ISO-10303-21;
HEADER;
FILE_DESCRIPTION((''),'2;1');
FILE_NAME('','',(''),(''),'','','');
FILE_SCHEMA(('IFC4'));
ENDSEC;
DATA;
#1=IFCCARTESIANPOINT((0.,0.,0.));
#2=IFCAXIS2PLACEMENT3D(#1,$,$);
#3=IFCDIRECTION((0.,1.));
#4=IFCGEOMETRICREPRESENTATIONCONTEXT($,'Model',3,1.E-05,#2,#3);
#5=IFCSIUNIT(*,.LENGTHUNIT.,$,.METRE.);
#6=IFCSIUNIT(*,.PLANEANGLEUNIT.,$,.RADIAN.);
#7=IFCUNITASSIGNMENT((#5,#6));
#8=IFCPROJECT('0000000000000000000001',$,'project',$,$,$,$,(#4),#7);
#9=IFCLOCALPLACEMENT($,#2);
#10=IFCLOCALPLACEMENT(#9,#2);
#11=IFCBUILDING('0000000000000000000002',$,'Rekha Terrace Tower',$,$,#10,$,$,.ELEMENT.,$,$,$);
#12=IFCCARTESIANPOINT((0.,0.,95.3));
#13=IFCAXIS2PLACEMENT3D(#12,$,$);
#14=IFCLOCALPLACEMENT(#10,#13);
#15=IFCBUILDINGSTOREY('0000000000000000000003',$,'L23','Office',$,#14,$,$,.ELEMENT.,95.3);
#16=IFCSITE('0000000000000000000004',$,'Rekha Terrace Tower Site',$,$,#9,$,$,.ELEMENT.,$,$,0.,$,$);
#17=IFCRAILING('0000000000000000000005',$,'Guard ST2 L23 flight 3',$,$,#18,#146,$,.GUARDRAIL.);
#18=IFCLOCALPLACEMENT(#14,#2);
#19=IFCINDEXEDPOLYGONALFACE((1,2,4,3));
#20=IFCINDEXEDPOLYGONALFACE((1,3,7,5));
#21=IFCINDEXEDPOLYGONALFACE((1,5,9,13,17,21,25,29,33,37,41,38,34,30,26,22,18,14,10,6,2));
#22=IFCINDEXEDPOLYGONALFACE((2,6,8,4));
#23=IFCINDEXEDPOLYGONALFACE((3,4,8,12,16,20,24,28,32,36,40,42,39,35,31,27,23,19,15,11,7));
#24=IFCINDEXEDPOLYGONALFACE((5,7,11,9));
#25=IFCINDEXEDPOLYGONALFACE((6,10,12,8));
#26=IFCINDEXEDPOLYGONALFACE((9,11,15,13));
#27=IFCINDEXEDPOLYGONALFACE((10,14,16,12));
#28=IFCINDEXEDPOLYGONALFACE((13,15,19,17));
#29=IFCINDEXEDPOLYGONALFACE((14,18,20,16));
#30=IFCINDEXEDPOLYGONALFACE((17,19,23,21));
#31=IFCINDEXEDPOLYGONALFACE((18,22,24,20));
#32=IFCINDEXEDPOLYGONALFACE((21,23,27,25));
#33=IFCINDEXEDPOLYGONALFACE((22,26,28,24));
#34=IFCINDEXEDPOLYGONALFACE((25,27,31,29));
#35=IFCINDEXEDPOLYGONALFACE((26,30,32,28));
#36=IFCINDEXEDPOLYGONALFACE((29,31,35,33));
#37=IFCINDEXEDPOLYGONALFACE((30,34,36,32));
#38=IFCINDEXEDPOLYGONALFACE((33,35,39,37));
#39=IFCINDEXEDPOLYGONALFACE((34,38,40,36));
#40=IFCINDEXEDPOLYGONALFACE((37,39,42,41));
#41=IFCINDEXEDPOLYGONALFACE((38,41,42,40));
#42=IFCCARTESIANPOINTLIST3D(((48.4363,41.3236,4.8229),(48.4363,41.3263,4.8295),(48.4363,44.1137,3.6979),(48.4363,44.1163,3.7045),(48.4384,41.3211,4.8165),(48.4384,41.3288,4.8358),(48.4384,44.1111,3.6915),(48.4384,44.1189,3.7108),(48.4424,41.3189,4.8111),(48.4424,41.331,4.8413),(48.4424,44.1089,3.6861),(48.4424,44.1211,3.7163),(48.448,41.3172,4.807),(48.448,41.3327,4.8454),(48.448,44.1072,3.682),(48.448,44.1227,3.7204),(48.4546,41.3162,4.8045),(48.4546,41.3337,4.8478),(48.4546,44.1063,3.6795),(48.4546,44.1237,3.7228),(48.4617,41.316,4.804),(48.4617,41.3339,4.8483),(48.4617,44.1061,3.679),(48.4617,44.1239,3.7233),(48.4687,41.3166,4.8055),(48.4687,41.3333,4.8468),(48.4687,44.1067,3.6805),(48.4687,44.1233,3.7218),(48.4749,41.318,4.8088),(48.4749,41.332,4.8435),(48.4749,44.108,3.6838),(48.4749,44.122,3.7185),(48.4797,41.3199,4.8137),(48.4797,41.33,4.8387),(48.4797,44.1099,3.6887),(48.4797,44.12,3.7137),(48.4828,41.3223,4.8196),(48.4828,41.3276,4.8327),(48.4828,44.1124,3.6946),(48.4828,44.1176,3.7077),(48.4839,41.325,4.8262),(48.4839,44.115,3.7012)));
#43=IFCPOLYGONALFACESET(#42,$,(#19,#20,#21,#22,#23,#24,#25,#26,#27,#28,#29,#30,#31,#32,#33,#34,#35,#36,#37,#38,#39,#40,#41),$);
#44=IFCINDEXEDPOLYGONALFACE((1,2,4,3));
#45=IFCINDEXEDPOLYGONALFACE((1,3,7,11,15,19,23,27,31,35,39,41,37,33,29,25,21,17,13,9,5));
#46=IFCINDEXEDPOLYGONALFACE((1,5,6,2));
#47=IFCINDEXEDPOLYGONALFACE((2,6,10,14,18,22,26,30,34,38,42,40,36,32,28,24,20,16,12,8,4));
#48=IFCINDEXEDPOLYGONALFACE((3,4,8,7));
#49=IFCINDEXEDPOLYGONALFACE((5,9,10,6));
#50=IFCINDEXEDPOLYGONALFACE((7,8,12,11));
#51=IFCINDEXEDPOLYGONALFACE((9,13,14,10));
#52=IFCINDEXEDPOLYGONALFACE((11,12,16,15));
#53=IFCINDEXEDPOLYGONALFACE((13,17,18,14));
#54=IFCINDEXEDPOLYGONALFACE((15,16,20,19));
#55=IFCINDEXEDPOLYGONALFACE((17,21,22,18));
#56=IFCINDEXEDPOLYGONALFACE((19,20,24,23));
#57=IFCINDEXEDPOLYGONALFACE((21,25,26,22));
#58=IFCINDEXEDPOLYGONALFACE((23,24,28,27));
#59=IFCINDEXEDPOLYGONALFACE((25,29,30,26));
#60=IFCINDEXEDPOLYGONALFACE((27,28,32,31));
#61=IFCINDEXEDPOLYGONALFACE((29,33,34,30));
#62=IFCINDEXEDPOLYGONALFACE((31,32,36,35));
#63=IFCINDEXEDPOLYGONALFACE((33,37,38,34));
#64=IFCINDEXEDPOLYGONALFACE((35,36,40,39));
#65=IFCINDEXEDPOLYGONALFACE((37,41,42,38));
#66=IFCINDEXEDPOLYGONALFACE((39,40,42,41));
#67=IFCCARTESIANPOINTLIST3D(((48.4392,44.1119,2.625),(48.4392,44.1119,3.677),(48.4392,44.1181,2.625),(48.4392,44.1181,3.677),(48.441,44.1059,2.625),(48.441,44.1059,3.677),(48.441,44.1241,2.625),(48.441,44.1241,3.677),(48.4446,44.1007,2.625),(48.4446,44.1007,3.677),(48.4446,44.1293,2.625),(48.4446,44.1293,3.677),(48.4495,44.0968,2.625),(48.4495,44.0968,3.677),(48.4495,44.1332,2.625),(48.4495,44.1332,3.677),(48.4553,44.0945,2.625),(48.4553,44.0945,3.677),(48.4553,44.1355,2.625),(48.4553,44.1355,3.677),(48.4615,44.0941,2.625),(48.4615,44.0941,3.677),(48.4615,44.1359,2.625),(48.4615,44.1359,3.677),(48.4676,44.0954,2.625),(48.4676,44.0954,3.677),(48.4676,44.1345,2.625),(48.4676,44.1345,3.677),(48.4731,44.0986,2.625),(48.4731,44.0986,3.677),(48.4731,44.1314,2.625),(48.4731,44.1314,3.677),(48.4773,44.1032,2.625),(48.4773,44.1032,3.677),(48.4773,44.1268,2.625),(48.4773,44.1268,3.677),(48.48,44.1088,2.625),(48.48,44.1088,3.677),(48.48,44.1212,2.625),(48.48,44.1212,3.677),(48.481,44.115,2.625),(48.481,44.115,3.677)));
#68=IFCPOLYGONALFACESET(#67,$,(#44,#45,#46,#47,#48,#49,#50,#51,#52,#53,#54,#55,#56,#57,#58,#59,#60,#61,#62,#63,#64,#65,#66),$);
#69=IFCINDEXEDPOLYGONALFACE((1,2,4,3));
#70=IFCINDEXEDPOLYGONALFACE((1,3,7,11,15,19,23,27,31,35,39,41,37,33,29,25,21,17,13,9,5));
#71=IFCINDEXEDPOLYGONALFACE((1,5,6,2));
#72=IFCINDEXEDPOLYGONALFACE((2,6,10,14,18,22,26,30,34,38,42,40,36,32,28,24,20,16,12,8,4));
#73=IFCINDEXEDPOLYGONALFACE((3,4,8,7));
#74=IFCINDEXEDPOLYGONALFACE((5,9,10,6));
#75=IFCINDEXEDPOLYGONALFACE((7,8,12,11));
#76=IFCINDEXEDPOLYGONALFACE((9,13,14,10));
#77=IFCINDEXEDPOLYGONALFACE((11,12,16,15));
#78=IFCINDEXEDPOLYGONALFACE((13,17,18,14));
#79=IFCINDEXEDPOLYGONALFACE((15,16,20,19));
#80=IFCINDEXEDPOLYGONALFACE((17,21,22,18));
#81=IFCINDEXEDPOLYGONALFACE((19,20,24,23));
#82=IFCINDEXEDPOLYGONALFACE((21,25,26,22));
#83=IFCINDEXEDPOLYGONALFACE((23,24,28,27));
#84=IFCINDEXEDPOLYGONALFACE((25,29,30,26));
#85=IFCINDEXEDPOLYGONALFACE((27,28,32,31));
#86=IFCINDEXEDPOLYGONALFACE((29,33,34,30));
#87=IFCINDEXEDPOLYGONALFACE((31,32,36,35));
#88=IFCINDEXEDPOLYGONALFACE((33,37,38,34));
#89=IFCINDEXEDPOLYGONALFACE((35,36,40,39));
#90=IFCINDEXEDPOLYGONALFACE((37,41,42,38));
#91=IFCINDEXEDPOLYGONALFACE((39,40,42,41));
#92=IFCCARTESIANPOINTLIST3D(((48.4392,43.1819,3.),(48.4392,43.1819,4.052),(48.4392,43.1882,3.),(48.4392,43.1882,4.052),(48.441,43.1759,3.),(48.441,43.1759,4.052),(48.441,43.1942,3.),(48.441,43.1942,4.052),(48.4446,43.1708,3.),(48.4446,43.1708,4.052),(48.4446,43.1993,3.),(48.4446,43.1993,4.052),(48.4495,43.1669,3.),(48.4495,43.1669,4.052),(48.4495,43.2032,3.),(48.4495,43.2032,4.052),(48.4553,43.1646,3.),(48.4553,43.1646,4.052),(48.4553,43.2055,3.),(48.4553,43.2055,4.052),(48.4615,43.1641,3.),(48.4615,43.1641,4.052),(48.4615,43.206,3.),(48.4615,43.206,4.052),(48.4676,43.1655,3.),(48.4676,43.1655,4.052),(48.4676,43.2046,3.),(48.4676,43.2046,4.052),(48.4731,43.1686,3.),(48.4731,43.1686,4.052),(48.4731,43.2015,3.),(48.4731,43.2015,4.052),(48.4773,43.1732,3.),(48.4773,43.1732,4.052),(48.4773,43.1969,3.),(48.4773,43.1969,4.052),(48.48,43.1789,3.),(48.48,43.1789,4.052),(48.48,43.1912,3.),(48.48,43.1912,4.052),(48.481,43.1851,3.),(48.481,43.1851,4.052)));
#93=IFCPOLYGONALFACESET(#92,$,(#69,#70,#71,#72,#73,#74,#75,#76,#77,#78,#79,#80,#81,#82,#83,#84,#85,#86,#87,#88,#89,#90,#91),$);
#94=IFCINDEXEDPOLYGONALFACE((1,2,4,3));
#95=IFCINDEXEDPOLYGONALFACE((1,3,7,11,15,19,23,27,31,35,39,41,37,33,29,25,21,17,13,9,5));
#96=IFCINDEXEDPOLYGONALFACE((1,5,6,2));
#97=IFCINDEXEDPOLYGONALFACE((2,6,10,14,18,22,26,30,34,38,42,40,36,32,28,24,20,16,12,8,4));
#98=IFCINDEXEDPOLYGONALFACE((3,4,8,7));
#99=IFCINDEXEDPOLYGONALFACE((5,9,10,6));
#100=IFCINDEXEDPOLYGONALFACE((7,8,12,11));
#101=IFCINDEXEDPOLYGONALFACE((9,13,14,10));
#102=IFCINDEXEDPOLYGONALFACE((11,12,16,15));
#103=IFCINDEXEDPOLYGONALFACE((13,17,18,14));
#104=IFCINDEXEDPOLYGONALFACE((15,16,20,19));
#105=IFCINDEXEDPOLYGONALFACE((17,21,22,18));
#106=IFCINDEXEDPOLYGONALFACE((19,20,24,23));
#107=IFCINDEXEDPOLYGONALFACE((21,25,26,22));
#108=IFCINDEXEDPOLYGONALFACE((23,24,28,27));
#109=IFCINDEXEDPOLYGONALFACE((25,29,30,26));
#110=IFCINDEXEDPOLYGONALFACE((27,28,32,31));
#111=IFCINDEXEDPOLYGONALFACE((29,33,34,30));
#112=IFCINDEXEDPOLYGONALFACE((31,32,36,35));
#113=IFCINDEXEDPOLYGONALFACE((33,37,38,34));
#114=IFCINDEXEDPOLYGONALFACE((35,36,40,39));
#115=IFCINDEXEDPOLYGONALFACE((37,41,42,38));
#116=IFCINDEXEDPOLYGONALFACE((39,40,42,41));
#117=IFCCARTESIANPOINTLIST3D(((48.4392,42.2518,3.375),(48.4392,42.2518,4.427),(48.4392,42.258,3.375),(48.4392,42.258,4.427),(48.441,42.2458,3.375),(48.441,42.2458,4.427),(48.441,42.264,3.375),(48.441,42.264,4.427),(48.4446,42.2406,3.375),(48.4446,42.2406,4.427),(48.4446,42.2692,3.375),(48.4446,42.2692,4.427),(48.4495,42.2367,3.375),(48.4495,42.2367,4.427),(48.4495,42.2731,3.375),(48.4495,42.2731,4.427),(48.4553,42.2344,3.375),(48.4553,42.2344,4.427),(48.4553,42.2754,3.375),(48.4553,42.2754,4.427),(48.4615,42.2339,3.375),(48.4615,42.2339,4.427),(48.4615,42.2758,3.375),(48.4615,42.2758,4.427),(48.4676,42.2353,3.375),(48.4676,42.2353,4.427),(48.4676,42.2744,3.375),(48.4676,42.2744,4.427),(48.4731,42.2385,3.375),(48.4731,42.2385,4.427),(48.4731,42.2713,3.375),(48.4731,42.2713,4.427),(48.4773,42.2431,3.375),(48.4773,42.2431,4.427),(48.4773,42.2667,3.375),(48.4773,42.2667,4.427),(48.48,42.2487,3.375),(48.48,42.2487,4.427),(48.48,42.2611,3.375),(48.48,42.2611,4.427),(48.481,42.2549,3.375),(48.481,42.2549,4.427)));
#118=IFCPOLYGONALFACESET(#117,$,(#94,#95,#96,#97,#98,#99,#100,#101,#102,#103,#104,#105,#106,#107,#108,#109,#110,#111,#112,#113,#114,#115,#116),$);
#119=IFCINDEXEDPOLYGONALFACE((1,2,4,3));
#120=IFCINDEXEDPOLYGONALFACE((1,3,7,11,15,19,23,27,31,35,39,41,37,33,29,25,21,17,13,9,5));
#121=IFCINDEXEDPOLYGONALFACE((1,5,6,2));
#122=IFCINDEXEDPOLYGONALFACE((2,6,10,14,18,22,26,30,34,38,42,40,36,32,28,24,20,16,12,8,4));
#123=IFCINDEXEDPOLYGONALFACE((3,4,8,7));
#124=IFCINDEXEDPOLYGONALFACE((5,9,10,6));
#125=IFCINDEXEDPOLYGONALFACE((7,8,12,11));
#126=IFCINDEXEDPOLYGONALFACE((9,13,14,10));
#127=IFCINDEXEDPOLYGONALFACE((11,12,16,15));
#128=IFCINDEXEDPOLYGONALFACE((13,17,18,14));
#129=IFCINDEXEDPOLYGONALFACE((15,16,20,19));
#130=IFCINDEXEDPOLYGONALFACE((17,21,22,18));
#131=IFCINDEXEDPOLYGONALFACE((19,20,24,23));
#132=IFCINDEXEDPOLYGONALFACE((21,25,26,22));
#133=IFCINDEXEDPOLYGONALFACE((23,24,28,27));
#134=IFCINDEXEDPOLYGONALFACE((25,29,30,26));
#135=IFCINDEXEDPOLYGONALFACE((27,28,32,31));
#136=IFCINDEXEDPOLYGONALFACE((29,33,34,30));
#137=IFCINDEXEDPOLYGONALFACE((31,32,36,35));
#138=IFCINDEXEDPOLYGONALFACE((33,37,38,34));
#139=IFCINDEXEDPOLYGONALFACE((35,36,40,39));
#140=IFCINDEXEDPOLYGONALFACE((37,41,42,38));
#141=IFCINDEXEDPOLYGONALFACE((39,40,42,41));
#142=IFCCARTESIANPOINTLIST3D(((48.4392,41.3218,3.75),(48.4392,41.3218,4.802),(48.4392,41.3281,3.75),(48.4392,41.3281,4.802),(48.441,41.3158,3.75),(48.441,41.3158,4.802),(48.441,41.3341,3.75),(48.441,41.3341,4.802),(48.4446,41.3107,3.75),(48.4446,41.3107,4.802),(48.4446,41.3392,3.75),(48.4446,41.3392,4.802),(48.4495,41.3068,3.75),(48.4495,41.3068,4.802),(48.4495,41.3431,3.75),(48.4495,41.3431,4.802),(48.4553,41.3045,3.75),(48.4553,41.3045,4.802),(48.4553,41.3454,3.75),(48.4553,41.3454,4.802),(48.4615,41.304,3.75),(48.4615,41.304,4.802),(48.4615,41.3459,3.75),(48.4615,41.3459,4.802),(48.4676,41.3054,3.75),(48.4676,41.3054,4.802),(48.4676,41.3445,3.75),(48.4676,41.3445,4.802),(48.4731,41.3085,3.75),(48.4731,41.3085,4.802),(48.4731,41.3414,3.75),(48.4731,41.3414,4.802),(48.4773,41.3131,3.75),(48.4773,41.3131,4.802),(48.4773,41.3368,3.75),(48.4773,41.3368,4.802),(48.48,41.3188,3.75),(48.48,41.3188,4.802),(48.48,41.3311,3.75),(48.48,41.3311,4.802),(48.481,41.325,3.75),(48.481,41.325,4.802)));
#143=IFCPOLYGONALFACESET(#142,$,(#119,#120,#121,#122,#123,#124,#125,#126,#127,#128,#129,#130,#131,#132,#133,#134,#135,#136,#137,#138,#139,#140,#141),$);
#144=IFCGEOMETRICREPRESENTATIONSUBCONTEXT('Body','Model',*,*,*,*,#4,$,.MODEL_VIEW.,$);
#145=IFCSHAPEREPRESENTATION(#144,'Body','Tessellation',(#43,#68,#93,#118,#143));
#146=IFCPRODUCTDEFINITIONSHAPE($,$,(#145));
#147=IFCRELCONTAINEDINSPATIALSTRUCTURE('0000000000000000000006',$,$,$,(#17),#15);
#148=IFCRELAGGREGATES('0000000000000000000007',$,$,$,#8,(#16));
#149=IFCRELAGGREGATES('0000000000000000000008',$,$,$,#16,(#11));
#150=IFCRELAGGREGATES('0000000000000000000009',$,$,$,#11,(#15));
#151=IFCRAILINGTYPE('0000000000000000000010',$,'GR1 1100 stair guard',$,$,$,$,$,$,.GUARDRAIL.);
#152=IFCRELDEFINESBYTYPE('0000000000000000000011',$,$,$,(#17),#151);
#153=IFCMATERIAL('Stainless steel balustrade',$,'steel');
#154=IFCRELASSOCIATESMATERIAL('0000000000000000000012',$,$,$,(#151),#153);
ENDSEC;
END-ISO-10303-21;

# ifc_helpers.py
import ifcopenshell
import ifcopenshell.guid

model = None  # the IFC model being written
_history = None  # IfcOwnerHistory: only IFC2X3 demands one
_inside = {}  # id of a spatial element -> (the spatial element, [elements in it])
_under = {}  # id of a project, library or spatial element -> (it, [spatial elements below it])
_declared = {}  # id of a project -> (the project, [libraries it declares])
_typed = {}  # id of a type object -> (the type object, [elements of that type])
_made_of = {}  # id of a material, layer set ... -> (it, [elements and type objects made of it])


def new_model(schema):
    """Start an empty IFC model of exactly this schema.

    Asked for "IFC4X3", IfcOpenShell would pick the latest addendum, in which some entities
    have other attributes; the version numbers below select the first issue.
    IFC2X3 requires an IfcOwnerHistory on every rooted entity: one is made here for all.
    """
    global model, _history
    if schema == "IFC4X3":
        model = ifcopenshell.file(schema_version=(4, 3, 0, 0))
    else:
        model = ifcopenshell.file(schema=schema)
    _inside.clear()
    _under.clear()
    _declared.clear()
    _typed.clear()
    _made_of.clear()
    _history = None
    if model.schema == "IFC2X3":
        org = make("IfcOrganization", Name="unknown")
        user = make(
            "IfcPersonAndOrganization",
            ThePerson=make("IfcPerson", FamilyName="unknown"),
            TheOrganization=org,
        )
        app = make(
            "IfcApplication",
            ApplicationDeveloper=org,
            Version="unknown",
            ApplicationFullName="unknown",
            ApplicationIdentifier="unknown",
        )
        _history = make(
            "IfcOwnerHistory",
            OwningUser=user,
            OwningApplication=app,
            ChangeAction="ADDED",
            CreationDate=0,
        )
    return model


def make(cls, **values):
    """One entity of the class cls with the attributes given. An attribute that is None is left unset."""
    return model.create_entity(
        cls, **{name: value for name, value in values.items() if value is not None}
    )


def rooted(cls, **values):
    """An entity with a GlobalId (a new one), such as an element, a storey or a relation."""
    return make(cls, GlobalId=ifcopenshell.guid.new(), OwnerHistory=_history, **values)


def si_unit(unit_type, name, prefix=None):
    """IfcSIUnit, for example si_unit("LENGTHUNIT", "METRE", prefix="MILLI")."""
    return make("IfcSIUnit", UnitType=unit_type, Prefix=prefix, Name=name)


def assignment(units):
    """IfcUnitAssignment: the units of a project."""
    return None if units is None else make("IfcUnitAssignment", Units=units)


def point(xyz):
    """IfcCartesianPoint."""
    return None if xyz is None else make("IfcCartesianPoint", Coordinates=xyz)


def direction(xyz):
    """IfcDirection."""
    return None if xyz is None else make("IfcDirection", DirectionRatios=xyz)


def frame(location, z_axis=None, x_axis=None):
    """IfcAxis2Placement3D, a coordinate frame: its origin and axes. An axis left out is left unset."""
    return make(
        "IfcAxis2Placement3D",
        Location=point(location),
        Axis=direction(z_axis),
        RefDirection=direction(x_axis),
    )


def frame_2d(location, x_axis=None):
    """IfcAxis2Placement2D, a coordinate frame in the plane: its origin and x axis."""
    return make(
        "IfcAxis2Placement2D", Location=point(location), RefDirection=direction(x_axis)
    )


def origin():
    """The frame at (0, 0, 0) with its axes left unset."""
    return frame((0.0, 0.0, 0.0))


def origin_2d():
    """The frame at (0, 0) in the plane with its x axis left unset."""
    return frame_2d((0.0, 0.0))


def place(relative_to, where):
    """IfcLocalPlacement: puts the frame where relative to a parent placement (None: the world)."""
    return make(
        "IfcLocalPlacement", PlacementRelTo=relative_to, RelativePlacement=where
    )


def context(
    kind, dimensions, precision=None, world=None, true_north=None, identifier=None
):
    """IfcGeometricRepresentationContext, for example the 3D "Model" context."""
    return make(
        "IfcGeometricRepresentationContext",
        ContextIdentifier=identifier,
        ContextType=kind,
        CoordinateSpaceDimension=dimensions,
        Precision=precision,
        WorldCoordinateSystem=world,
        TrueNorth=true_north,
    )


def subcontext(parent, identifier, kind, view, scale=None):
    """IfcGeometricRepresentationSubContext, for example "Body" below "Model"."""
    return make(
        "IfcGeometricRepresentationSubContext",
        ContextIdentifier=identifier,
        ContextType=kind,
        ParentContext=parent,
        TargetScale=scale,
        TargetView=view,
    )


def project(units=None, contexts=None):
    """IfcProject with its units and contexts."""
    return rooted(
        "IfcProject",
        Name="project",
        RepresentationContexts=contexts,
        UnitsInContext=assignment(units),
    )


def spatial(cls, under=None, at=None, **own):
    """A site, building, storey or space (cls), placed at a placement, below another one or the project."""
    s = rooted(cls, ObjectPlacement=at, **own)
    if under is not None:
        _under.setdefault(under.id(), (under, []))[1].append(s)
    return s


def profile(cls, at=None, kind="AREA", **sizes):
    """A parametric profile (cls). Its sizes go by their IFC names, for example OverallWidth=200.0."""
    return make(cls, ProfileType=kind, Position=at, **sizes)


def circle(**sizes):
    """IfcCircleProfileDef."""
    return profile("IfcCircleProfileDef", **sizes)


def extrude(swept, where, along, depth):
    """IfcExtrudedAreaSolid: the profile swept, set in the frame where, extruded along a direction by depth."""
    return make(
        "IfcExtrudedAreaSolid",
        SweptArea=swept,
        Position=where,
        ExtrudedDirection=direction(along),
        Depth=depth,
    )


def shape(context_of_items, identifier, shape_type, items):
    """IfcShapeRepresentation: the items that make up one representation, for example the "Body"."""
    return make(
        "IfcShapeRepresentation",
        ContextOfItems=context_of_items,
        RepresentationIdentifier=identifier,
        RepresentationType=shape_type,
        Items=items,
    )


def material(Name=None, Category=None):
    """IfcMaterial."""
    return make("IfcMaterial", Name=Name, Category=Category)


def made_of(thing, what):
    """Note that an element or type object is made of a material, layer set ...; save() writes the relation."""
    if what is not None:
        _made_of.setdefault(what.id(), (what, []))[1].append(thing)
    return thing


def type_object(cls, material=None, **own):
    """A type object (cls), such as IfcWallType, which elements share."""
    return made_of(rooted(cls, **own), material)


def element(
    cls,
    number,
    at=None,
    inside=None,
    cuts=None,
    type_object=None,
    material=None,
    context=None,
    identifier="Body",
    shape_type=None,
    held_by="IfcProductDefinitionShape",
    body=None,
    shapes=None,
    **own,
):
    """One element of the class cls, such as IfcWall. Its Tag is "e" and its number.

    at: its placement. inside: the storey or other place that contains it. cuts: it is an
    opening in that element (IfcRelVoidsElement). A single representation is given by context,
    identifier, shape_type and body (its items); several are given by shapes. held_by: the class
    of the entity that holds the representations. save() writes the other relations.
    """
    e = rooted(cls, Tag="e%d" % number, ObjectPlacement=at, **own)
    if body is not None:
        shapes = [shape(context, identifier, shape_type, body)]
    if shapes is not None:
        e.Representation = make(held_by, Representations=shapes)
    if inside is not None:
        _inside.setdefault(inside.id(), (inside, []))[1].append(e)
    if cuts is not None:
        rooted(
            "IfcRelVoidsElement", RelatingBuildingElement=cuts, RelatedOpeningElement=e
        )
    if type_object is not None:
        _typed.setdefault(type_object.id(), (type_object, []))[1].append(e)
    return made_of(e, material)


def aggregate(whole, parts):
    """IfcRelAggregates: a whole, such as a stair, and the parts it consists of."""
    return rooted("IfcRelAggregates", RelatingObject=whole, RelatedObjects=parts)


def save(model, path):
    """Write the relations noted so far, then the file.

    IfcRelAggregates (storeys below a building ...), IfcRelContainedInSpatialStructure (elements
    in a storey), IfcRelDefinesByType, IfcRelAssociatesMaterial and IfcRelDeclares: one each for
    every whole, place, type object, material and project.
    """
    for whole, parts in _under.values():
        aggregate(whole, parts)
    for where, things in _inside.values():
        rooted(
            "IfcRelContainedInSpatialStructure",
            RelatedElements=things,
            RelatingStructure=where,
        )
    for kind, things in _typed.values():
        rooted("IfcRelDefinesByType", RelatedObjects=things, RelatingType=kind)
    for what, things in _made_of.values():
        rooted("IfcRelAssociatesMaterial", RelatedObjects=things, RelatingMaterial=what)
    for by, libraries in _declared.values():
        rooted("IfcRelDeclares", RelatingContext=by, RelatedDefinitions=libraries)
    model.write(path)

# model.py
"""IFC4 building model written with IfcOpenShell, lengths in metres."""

from ifc_helpers import new_model, si_unit, direction, frame, origin, origin_2d, place, context, subcontext, project, spatial, circle, extrude, material, type_object, element, save


model = new_model("IFC4")

# Units and contexts
model_context = context("Model", 3, precision=1e-05, world=origin(), true_north=direction((0.0, 1.0)))
body_context = subcontext(model_context, "Body", "Model", "MODEL_VIEW")
ifc_project = project(units=[si_unit("LENGTHUNIT", "METRE"), si_unit("PLANEANGLEUNIT", "RADIAN")], contexts=[model_context])

# Site, building, storey
site_placement = place(None, origin())
site = spatial("IfcSite", under=ifc_project, at=site_placement, Name="Rekha Terrace Tower Site", CompositionType="ELEMENT", RefElevation=0.0)
building_placement = place(site_placement, origin())
building = spatial("IfcBuilding", under=site, at=building_placement, Name="Rekha Terrace Tower", CompositionType="ELEMENT")
storey_placement = place(building_placement, frame((0.0, 0.0, 95.3)))
storey = spatial("IfcBuildingStorey", under=building, at=storey_placement, Name="L23", Description="Office", CompositionType="ELEMENT", Elevation=95.3)

# Railing
ifc_material_1 = material(Name="Stainless steel balustrade", Category="steel")
railing_type_1 = type_object("IfcRailingType", Name="GR1 1100 stair guard", PredefinedType="GUARDRAIL", material=ifc_material_1)
railing_1_placement = place(storey_placement, frame((48.46, 44.115, 2.625)))
element("IfcRailing", 1, at=railing_1_placement, inside=storey, type_object=railing_type_1, Name="Guard ST2 L23 flight 3", PredefinedType="GUARDRAIL", context=body_context, shape_type="SweptSolid", body=[
    extrude(circle(Radius=0.0239, at=origin_2d()), frame((0.0, 0.0, 1.0762), z_axis=(0.0, -0.927443, 0.373964), x_axis=(1.0, 0.0, 0.0)), (0.0, 0.0, 1.0), 3.0083),
    extrude(circle(Radius=0.021, at=origin_2d()), origin(), (0.0, 0.0, 1.0), 1.052),
    extrude(circle(Radius=0.021, at=origin_2d()), frame((0.0, -0.9299, 0.375)), (0.0, 0.0, 1.0), 1.052),
    extrude(circle(Radius=0.021, at=origin_2d()), frame((0.0, -1.8601, 0.75)), (0.0, 0.0, 1.0), 1.052),
    extrude(circle(Radius=0.021, at=origin_2d()), frame((0.0, -2.79, 1.125)), (0.0, 0.0, 1.0), 1.052),
])

save(model, "model.ifc")
